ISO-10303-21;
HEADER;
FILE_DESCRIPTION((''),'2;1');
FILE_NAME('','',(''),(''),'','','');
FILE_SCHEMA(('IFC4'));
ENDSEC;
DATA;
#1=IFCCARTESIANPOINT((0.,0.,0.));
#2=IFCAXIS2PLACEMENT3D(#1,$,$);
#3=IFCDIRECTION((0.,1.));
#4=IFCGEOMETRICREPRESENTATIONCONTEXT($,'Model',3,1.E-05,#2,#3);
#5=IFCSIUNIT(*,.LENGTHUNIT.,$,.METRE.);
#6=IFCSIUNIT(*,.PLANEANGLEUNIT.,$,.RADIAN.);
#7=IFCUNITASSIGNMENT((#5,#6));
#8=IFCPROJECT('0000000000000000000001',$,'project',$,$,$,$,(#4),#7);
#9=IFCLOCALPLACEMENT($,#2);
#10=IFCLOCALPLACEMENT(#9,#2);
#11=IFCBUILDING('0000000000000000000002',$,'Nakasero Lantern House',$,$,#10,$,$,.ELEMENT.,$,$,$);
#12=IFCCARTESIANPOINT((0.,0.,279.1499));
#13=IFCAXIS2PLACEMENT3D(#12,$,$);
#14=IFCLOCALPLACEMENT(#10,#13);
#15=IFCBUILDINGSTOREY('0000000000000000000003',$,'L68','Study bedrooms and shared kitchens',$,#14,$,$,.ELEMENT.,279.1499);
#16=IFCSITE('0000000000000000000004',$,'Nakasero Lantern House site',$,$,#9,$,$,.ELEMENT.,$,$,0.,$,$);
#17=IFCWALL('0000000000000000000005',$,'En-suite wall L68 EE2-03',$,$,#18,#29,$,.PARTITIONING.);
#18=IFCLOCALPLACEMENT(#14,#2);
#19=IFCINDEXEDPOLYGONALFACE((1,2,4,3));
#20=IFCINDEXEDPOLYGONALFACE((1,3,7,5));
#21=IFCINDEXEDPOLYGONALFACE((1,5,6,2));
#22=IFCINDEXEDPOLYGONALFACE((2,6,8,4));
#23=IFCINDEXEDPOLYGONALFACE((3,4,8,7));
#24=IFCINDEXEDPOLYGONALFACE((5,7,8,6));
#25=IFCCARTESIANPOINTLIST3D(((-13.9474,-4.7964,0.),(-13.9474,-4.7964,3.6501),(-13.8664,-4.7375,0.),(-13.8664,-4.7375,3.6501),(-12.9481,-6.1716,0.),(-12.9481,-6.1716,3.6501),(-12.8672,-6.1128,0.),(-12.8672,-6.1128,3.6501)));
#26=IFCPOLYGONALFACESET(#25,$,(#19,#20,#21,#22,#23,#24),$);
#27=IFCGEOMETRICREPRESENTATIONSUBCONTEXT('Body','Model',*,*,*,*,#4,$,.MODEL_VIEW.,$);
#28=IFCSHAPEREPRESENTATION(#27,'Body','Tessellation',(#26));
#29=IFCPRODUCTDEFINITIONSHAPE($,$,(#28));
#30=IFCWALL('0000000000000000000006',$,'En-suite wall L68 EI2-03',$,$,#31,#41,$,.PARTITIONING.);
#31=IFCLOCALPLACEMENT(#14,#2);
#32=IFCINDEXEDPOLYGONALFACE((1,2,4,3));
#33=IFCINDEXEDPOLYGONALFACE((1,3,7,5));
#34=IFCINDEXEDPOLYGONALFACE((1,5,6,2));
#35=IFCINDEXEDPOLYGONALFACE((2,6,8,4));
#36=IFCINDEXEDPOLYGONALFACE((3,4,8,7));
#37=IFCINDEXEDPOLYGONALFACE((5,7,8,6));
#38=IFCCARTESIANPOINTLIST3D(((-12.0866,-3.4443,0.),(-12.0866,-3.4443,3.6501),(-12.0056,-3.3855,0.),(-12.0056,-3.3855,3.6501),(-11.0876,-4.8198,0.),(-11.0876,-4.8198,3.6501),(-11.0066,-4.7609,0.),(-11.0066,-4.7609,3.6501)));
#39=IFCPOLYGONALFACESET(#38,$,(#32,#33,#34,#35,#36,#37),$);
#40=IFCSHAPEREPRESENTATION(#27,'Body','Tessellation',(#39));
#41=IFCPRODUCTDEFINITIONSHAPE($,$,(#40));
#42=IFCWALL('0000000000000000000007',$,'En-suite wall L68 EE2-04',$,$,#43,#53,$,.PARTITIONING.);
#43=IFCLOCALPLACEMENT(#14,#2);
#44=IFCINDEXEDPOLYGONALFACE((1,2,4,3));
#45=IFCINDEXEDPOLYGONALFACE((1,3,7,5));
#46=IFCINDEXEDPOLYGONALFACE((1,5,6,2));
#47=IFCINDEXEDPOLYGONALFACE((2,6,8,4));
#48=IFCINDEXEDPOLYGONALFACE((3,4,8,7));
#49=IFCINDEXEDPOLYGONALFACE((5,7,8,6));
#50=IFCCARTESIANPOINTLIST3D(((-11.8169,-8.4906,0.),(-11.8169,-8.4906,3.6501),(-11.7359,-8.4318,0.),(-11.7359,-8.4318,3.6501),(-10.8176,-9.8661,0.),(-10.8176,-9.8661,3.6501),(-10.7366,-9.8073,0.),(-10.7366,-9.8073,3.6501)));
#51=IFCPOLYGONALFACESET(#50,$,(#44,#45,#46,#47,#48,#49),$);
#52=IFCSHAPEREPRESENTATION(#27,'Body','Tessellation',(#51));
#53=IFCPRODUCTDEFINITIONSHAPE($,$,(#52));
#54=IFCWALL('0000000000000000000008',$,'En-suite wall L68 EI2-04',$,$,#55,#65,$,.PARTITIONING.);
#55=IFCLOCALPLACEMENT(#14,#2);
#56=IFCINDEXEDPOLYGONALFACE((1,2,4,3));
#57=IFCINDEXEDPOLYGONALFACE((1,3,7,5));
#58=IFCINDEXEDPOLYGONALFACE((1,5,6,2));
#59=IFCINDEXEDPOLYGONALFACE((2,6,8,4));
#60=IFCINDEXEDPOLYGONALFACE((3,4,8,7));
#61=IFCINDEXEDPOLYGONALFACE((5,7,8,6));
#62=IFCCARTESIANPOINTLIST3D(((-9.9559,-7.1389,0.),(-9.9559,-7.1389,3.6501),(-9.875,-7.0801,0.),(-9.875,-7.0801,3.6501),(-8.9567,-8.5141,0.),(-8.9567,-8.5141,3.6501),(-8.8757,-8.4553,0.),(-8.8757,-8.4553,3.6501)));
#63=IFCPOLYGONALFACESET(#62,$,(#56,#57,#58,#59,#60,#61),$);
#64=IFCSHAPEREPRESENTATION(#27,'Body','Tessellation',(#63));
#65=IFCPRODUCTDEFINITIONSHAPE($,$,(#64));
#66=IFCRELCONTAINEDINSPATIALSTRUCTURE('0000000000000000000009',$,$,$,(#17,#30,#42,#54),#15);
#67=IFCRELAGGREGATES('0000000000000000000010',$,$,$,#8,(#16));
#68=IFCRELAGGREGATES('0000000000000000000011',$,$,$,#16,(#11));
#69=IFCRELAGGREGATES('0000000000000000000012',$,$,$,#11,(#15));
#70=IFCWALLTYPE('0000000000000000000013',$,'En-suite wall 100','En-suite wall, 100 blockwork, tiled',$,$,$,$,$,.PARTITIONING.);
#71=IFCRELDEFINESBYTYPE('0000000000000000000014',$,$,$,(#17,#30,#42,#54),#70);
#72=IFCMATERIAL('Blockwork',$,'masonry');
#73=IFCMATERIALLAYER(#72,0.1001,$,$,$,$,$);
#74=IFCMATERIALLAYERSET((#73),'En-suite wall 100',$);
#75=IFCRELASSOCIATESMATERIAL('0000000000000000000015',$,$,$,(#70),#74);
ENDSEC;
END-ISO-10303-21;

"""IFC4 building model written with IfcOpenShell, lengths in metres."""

from ifc_helpers import new_model, si_unit, direction, frame, frame_2d, origin, place, context, subcontext, project, spatial, rectangle, extrude, material, layer, layer_set, type_object, element, save


model = new_model("IFC4")

# Units and contexts
model_context = context("Model", 3, precision=1e-05, world=origin(), true_north=direction((0.0, 1.0)))
body_context = subcontext(model_context, "Body", "Model", "MODEL_VIEW")
ifc_project = project(units=[si_unit("LENGTHUNIT", "METRE"), si_unit("PLANEANGLEUNIT", "RADIAN")], contexts=[model_context])

# Site, building, storey
site_placement = place(None, origin())
site = spatial("IfcSite", under=ifc_project, at=site_placement, Name="Nakasero Lantern House site", CompositionType="ELEMENT", RefElevation=0.0)
building_placement = place(site_placement, origin())
building = spatial("IfcBuilding", under=site, at=building_placement, Name="Nakasero Lantern House", CompositionType="ELEMENT")
storey_placement = place(building_placement, frame((0.0, 0.0, 279.1499)))
storey = spatial("IfcBuildingStorey", under=building, at=storey_placement, Name="L68", Description="Study bedrooms and shared kitchens", CompositionType="ELEMENT", Elevation=279.1499)

# Shared definitions
ifc_material_1 = material(Name="Blockwork", Category="masonry")
ifc_layer_1 = layer(ifc_material_1, 0.1001)
ifc_layer_set_1 = layer_set([ifc_layer_1], Name="En-suite wall 100")
wall_type_1 = type_object("IfcWallType", Name="En-suite wall 100", Description="En-suite wall, 100 blockwork, tiled", PredefinedType="PARTITIONING", material=ifc_layer_set_1)

# Walls
for number, where, z_axis, x_axis, name in (
    (1, (-13.907, -4.7668, 0.0), (0.0, 0.0, 1.0), (0.587822, -0.808991, 0.0), "En-suite wall L68 EE2-03"),
    (2, (-12.0461, -3.4148, 0.0), (0.0, 0.0, 1.0), (0.587659, -0.809109, 0.0), "En-suite wall L68 EI2-03"),
):
    element("IfcWall", number, at=place(storey_placement, frame(where, z_axis=z_axis, x_axis=x_axis)), inside=storey, type_object=wall_type_1, Name=name, PredefinedType="PARTITIONING", context=body_context, shape_type="SweptSolid", body=[
        extrude(rectangle(XDim=1.7, YDim=0.1001, at=frame_2d((0.8501, 0.0))), origin(), (0.0, 0.0, 1.0), 3.6501),
    ])
wall_1_placement = place(storey_placement, frame((-11.7764, -8.4612, 0.0), z_axis=(0.0, 0.0, 1.0), x_axis=(0.587753, -0.80904, 0.0)))
element("IfcWall", 3, at=wall_1_placement, inside=storey, type_object=wall_type_1, Name="En-suite wall L68 EE2-04", PredefinedType="PARTITIONING", context=body_context, shape_type="SweptSolid", body=[
    extrude(rectangle(XDim=1.7002, YDim=0.1001, at=frame_2d((0.8501, 0.0))), origin(), (0.0, 0.0, 1.0), 3.6501),
])
wall_2_placement = place(storey_placement, frame((-9.9155, -7.1094, 0.0), z_axis=(0.0, 0.0, 1.0), x_axis=(0.587822, -0.808991, 0.0)))
element("IfcWall", 4, at=wall_2_placement, inside=storey, type_object=wall_type_1, Name="En-suite wall L68 EI2-04", PredefinedType="PARTITIONING", context=body_context, shape_type="SweptSolid", body=[
    extrude(rectangle(XDim=1.7, YDim=0.1001, at=frame_2d((0.8501, 0.0))), origin(), (0.0, 0.0, 1.0), 3.6501),
])

save(model, "model.ifc")
